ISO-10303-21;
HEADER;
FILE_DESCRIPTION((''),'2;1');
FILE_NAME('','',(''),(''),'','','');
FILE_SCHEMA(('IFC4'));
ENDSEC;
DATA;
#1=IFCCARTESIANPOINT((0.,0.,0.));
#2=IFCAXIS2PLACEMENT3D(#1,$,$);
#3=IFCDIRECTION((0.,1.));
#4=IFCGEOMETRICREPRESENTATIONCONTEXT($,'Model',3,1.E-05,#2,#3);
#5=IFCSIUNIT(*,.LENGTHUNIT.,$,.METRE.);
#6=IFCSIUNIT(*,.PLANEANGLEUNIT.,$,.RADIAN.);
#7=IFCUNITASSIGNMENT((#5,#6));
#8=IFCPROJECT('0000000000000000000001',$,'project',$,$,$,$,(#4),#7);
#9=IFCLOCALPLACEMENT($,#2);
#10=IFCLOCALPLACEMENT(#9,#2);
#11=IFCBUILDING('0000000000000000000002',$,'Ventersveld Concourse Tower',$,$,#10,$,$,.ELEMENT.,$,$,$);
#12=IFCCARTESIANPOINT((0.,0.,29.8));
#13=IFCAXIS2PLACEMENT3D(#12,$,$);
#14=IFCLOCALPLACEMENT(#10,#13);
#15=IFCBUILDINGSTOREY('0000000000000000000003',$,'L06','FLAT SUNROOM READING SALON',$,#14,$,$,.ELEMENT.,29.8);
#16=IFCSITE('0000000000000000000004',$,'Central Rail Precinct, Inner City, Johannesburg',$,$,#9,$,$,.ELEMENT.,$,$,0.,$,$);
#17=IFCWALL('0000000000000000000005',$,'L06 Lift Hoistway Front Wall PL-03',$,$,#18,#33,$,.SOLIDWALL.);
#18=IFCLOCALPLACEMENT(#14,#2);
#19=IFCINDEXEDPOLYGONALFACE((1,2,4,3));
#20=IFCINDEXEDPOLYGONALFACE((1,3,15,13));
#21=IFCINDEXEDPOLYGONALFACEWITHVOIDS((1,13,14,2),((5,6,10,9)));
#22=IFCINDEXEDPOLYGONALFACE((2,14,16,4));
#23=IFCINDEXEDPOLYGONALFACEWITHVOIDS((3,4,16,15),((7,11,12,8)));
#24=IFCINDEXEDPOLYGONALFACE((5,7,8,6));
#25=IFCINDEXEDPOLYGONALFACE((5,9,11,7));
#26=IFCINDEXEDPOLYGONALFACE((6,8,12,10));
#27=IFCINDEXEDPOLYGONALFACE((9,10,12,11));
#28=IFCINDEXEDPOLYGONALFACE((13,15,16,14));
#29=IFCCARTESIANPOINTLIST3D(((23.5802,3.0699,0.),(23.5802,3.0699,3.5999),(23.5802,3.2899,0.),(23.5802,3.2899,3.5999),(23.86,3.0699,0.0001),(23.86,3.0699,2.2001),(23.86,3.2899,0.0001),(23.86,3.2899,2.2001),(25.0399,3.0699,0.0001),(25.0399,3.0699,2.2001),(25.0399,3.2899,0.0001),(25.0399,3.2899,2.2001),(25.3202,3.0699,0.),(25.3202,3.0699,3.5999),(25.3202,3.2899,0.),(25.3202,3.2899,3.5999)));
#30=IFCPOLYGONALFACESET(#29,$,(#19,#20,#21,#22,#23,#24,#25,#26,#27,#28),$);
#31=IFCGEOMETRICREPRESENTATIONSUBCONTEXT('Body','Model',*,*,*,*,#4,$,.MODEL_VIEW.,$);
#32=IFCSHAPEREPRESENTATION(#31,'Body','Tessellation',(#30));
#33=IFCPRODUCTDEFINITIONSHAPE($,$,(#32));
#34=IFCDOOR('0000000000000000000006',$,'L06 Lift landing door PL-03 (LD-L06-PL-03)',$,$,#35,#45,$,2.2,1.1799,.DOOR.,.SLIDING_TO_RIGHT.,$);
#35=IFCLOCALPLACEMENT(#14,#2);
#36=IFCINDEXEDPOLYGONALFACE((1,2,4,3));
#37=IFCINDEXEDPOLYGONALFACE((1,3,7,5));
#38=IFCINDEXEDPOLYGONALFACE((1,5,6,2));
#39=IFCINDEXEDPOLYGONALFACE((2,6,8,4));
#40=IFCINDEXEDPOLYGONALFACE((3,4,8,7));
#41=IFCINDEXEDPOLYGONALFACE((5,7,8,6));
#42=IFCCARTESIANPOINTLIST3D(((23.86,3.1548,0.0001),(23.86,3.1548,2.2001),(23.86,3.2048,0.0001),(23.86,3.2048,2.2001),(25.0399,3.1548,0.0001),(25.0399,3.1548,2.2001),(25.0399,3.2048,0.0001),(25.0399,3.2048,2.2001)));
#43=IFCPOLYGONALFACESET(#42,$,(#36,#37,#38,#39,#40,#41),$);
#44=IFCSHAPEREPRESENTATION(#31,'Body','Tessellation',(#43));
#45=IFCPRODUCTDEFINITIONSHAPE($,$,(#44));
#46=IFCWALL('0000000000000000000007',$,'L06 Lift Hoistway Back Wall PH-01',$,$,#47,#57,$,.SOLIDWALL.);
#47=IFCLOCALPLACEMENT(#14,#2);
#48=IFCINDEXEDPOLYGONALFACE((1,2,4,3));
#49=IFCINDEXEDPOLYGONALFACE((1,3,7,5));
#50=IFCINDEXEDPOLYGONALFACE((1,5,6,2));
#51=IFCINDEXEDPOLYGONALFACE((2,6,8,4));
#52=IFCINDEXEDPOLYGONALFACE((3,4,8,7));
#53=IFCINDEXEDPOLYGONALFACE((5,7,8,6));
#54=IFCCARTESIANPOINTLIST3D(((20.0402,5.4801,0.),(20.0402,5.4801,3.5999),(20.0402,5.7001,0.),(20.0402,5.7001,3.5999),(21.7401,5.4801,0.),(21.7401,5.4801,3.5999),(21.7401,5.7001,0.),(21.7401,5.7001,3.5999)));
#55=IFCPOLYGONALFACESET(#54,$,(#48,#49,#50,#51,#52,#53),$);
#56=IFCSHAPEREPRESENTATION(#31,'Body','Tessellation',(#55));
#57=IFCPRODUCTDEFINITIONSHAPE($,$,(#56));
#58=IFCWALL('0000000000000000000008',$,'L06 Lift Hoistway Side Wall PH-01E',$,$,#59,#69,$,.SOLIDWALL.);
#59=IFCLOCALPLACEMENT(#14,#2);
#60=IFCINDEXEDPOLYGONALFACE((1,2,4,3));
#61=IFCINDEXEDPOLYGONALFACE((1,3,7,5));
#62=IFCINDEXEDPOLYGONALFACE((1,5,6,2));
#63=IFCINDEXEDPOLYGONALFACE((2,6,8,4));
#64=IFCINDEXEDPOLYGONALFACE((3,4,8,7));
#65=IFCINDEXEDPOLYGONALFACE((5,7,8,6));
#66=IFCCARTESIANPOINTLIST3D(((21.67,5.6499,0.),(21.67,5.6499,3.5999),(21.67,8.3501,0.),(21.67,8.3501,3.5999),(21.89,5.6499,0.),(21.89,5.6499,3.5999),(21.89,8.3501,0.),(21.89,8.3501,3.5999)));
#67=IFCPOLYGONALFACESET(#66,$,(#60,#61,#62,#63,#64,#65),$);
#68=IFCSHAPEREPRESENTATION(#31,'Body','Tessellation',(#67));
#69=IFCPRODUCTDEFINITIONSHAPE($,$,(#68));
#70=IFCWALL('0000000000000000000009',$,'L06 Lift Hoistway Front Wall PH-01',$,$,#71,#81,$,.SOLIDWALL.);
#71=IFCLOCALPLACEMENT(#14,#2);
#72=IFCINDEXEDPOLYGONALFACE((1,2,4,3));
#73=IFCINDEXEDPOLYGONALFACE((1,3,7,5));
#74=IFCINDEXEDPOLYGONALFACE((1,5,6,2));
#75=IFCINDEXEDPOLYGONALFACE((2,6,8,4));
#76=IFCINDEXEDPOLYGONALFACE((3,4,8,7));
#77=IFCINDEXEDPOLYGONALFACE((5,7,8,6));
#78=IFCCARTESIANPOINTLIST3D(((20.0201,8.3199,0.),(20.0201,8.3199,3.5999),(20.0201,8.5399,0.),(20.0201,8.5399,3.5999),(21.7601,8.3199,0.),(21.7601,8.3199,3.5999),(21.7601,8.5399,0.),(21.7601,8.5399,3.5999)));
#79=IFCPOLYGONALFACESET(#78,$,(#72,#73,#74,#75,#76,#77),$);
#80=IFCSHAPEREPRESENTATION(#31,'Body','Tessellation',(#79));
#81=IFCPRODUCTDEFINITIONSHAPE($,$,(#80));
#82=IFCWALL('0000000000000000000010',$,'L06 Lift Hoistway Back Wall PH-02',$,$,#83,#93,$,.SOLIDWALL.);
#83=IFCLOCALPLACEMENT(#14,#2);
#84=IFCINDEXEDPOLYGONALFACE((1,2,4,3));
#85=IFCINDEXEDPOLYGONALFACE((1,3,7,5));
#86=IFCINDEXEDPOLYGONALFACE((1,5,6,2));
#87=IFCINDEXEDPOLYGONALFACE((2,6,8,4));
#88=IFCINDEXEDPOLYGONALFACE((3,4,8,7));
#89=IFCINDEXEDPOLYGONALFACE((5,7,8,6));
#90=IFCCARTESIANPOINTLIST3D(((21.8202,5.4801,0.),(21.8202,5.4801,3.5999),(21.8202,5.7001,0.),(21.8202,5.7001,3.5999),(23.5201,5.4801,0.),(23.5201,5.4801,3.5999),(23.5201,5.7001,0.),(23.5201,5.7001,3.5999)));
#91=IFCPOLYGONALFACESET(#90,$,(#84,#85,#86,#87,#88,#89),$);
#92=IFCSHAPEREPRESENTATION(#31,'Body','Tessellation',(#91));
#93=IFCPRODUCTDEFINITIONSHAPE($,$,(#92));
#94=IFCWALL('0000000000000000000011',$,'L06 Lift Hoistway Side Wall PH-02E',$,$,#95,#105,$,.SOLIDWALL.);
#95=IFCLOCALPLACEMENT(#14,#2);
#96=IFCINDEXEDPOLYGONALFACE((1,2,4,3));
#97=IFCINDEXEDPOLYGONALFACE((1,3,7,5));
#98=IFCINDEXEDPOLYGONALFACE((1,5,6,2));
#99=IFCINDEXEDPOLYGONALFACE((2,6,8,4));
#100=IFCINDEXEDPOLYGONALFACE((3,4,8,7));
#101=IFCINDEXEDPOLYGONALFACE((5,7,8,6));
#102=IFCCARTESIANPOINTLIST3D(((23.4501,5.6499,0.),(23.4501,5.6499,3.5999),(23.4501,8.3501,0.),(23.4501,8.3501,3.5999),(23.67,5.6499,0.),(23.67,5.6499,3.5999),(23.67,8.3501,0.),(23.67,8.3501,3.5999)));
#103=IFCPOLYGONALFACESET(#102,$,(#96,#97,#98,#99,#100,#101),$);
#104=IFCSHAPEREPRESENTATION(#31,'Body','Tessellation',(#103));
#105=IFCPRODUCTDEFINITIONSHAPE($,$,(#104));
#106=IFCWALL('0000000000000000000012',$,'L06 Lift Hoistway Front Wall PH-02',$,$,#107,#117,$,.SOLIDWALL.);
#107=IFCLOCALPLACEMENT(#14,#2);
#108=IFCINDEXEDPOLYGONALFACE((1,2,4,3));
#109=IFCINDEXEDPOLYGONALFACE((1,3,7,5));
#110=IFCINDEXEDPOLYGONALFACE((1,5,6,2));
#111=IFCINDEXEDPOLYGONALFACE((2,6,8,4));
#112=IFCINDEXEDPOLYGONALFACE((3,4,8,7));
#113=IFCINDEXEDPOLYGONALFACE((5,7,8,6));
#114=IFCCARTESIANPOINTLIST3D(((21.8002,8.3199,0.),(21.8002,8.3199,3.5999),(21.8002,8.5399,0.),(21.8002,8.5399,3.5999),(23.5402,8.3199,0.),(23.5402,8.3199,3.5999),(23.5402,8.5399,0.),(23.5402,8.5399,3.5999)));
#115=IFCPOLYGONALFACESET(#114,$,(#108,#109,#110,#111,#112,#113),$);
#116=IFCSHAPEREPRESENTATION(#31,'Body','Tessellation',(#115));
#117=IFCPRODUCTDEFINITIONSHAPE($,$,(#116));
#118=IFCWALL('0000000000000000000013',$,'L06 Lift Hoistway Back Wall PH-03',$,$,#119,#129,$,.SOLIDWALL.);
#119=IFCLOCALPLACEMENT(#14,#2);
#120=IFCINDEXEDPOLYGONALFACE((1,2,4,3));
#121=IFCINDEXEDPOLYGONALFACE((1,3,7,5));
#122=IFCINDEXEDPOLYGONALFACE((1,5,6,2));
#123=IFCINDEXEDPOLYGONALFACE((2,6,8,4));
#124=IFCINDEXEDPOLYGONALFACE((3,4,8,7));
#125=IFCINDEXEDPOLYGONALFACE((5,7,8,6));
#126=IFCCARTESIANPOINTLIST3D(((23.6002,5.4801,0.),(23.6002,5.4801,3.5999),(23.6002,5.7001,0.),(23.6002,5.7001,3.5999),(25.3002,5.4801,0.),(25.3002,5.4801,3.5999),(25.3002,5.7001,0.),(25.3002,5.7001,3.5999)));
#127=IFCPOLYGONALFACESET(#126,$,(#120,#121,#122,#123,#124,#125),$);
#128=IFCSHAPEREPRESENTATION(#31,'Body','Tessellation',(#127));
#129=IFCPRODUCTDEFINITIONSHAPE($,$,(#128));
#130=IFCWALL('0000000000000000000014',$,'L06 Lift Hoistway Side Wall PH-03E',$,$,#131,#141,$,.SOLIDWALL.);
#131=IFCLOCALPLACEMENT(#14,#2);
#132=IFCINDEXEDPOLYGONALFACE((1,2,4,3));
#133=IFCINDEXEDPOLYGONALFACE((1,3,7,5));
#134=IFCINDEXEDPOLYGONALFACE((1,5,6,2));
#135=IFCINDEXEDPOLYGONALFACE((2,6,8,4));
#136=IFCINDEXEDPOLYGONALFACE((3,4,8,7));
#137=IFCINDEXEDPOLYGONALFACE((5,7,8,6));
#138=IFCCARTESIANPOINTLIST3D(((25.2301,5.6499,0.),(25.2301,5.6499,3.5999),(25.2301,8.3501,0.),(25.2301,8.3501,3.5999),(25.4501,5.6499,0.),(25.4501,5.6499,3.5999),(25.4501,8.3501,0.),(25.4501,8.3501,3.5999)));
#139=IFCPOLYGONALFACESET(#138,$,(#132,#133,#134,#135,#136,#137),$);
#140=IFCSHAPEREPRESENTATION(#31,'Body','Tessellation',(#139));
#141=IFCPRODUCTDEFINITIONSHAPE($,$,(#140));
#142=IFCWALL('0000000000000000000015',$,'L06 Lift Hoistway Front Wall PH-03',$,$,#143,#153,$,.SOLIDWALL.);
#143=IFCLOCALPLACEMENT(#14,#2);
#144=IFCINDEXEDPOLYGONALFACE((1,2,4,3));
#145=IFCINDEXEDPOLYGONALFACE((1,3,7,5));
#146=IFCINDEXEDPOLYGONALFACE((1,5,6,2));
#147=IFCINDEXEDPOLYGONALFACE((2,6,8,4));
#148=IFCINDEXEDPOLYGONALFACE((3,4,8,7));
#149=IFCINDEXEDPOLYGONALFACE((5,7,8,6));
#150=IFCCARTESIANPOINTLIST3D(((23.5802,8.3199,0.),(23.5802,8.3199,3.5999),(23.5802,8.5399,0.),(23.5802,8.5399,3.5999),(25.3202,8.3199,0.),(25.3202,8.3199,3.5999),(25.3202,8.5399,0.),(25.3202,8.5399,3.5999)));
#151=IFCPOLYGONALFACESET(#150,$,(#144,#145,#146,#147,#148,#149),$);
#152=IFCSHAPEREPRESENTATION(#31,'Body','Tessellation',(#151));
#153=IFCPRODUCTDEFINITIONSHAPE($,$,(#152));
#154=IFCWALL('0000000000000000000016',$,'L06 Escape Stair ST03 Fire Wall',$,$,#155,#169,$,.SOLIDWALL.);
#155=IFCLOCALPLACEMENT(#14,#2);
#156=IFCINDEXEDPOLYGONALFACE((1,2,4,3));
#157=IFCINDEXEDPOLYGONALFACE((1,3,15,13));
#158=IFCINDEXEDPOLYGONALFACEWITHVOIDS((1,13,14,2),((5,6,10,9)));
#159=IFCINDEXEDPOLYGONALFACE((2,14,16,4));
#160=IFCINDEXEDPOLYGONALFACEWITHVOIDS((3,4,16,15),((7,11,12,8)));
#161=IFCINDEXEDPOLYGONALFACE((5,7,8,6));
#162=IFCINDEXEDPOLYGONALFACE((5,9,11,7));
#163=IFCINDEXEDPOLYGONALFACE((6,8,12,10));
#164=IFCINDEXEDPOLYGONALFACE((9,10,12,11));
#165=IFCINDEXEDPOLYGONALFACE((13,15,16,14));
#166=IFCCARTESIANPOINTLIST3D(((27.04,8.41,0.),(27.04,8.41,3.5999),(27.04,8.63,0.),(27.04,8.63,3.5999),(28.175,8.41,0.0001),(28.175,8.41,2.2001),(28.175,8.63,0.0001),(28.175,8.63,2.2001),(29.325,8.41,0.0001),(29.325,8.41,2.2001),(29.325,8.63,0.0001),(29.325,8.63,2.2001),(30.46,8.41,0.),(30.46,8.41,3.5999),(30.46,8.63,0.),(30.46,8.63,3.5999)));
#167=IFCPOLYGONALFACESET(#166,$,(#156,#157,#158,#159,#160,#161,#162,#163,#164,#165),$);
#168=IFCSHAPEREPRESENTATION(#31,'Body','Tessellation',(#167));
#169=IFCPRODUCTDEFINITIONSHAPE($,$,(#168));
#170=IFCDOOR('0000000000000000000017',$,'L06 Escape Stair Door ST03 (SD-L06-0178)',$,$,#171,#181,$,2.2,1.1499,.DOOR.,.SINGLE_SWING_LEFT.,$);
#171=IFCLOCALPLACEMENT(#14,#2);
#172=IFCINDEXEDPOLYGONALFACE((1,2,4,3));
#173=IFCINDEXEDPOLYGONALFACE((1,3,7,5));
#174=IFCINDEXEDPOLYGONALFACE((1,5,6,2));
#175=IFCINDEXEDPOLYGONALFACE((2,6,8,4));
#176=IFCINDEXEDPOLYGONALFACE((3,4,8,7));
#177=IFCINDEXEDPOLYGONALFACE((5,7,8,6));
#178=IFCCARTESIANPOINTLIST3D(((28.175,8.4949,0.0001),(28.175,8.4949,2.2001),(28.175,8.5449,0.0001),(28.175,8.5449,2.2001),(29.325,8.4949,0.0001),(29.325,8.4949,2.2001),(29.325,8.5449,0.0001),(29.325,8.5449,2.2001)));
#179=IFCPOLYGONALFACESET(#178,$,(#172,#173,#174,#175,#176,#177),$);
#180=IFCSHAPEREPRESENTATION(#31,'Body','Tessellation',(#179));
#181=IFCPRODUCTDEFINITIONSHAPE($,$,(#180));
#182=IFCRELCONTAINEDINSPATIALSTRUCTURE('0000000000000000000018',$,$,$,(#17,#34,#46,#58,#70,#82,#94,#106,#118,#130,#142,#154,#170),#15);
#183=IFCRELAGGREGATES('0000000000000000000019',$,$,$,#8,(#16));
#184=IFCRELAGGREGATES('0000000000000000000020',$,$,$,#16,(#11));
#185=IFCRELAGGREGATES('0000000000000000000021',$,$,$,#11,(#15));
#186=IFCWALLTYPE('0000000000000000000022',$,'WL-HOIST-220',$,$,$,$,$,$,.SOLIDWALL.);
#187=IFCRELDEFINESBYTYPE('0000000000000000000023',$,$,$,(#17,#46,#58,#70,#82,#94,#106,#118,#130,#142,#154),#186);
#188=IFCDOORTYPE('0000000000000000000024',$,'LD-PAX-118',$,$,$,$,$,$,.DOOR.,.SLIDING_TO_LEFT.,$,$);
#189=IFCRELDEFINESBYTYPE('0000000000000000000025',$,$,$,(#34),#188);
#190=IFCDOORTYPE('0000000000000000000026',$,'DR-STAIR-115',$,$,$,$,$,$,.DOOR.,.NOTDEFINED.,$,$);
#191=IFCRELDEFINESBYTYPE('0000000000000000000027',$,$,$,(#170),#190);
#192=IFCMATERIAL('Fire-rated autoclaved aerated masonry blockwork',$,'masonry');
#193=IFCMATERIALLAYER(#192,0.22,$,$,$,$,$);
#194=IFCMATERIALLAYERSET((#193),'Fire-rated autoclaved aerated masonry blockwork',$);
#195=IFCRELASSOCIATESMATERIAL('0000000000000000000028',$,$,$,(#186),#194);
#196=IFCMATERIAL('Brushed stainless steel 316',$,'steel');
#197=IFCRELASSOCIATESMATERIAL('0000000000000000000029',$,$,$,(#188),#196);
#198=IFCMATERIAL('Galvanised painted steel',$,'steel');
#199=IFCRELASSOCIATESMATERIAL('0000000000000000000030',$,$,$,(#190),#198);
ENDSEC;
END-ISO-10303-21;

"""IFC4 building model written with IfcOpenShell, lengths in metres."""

from ifc_helpers import new_model, si_unit, direction, frame, frame_2d, origin, place, context, subcontext, project, spatial, rectangle, extrude, material, layer, layer_set, type_object, element, fill, save


model = new_model("IFC4")

# Units and contexts
model_context = context("Model", 3, precision=1e-05, world=origin(), true_north=direction((0.0, 1.0)))
body_context = subcontext(model_context, "Body", "Model", "MODEL_VIEW")
ifc_project = project(units=[si_unit("LENGTHUNIT", "METRE"), si_unit("PLANEANGLEUNIT", "RADIAN")], contexts=[model_context])

# Site, building, storey
site_placement = place(None, origin())
site = spatial("IfcSite", under=ifc_project, at=site_placement, Name="Central Rail Precinct, Inner City, Johannesburg", CompositionType="ELEMENT", RefElevation=0.0)
building_placement = place(site_placement, origin())
building = spatial("IfcBuilding", under=site, at=building_placement, Name="Ventersveld Concourse Tower", CompositionType="ELEMENT")
storey_placement = place(building_placement, frame((0.0, 0.0, 29.8)))
storey = spatial("IfcBuildingStorey", under=building, at=storey_placement, Name="L06", Description="FLAT SUNROOM READING SALON", CompositionType="ELEMENT", Elevation=29.8)

# Shared definitions
ifc_material_1 = material(Name="Fire-rated autoclaved aerated masonry blockwork", Category="masonry")
ifc_layer_1 = layer(ifc_material_1, 0.22)
ifc_layer_set_1 = layer_set([ifc_layer_1], Name="Fire-rated autoclaved aerated masonry blockwork")
wall_type_1 = type_object("IfcWallType", Name="WL-HOIST-220", PredefinedType="SOLIDWALL", material=ifc_layer_set_1)

# Shared definitions
ifc_material_2 = material(Name="Brushed stainless steel 316", Category="steel")
door_type_1 = type_object("IfcDoorType", Name="LD-PAX-118", OperationType="SLIDING_TO_LEFT", PredefinedType="DOOR", material=ifc_material_2)

# Wall, opening, door
wall_1_placement = place(storey_placement, frame((23.5801, 3.1799, 0.0), z_axis=(0.0, 0.0, 1.0), x_axis=(1.0, 0.0, 0.0)))
wall_1 = element("IfcWall", 1, at=wall_1_placement, inside=storey, type_object=wall_type_1, Name="L06 Lift Hoistway Front Wall PL-03", PredefinedType="SOLIDWALL", context=body_context, shape_type="SweptSolid", body=[
    extrude(rectangle(XDim=1.74, YDim=0.22, at=frame_2d((0.8701, 0.0))), origin(), (0.0, 0.0, 1.0), 3.5999),
])
opening_1_placement = place(wall_1_placement, frame((0.28, 0.0, 0.0)))
opening_1 = element("IfcOpeningElement", 2, at=opening_1_placement, cuts=wall_1, PredefinedType="OPENING", context=body_context, shape_type="SweptSolid", body=[
    extrude(rectangle(XDim=1.1799, YDim=2.2, at=frame_2d((0.5898, 1.1001))), frame((0.0, 0.1201, 0.0), z_axis=(0.0, -1.0, 0.0), x_axis=(1.0, 0.0, 0.0)), (0.0, 0.0, 1.0), 0.24),
])
door_1_placement = place(opening_1_placement, origin())
door_1 = element("IfcDoor", 3, at=door_1_placement, inside=storey, type_object=door_type_1, Name="L06 Lift landing door PL-03 (LD-L06-PL-03)", OperationType="SLIDING_TO_RIGHT", OverallHeight=2.2, OverallWidth=1.1799, PredefinedType="DOOR", context=body_context, shape_type="SweptSolid", body=[
    extrude(rectangle(XDim=1.1799, YDim=2.2, at=frame_2d((0.5898, 1.1001))), frame((0.0, 0.0249, 0.0), z_axis=(0.0, -1.0, 0.0), x_axis=(1.0, 0.0, 0.0)), (0.0, 0.0, 1.0), 0.05),
])
fill(opening_1, door_1)

# Walls
wall_2_placement = place(storey_placement, frame((20.04, 5.5901, 0.0), z_axis=(0.0, 0.0, 1.0), x_axis=(1.0, 0.0, 0.0)))
element("IfcWall", 4, at=wall_2_placement, inside=storey, type_object=wall_type_1, Name="L06 Lift Hoistway Back Wall PH-01", PredefinedType="SOLIDWALL", context=body_context, shape_type="SweptSolid", body=[
    extrude(rectangle(XDim=1.7, YDim=0.22, at=frame_2d((0.8501, 0.0))), origin(), (0.0, 0.0, 1.0), 3.5999),
])
wall_3_placement = place(storey_placement, frame((21.78, 5.6499, 0.0), z_axis=(0.0, 0.0, 1.0), x_axis=(0.0, 1.0, 0.0)))
element("IfcWall", 5, at=wall_3_placement, inside=storey, type_object=wall_type_1, Name="L06 Lift Hoistway Side Wall PH-01E", PredefinedType="SOLIDWALL", context=body_context, shape_type="SweptSolid", body=[
    extrude(rectangle(XDim=2.7002, YDim=0.22, at=frame_2d((1.3501, 0.0))), origin(), (0.0, 0.0, 1.0), 3.5999),
])
wall_4_placement = place(storey_placement, frame((20.02, 8.4299, 0.0), z_axis=(0.0, 0.0, 1.0), x_axis=(1.0, 0.0, 0.0)))
element("IfcWall", 6, at=wall_4_placement, inside=storey, type_object=wall_type_1, Name="L06 Lift Hoistway Front Wall PH-01", PredefinedType="SOLIDWALL", context=body_context, shape_type="SweptSolid", body=[
    extrude(rectangle(XDim=1.74, YDim=0.22, at=frame_2d((0.8701, 0.0))), origin(), (0.0, 0.0, 1.0), 3.5999),
])
wall_5_placement = place(storey_placement, frame((21.8201, 5.5901, 0.0), z_axis=(0.0, 0.0, 1.0), x_axis=(1.0, 0.0, 0.0)))
element("IfcWall", 7, at=wall_5_placement, inside=storey, type_object=wall_type_1, Name="L06 Lift Hoistway Back Wall PH-02", PredefinedType="SOLIDWALL", context=body_context, shape_type="SweptSolid", body=[
    extrude(rectangle(XDim=1.7, YDim=0.22, at=frame_2d((0.8501, 0.0))), origin(), (0.0, 0.0, 1.0), 3.5999),
])
wall_6_placement = place(storey_placement, frame((23.5601, 5.6499, 0.0), z_axis=(0.0, 0.0, 1.0), x_axis=(0.0, 1.0, 0.0)))
element("IfcWall", 8, at=wall_6_placement, inside=storey, type_object=wall_type_1, Name="L06 Lift Hoistway Side Wall PH-02E", PredefinedType="SOLIDWALL", context=body_context, shape_type="SweptSolid", body=[
    extrude(rectangle(XDim=2.7002, YDim=0.22, at=frame_2d((1.3501, 0.0))), origin(), (0.0, 0.0, 1.0), 3.5999),
])
wall_7_placement = place(storey_placement, frame((21.8, 8.4299, 0.0), z_axis=(0.0, 0.0, 1.0), x_axis=(1.0, 0.0, 0.0)))
element("IfcWall", 9, at=wall_7_placement, inside=storey, type_object=wall_type_1, Name="L06 Lift Hoistway Front Wall PH-02", PredefinedType="SOLIDWALL", context=body_context, shape_type="SweptSolid", body=[
    extrude(rectangle(XDim=1.74, YDim=0.22, at=frame_2d((0.8701, 0.0))), origin(), (0.0, 0.0, 1.0), 3.5999),
])
wall_8_placement = place(storey_placement, frame((23.6001, 5.5901, 0.0), z_axis=(0.0, 0.0, 1.0), x_axis=(1.0, 0.0, 0.0)))
element("IfcWall", 10, at=wall_8_placement, inside=storey, type_object=wall_type_1, Name="L06 Lift Hoistway Back Wall PH-03", PredefinedType="SOLIDWALL", context=body_context, shape_type="SweptSolid", body=[
    extrude(rectangle(XDim=1.7, YDim=0.22, at=frame_2d((0.8501, 0.0))), origin(), (0.0, 0.0, 1.0), 3.5999),
])
wall_9_placement = place(storey_placement, frame((25.3401, 5.6499, 0.0), z_axis=(0.0, 0.0, 1.0), x_axis=(0.0, 1.0, 0.0)))
element("IfcWall", 11, at=wall_9_placement, inside=storey, type_object=wall_type_1, Name="L06 Lift Hoistway Side Wall PH-03E", PredefinedType="SOLIDWALL", context=body_context, shape_type="SweptSolid", body=[
    extrude(rectangle(XDim=2.7002, YDim=0.22, at=frame_2d((1.3501, 0.0))), origin(), (0.0, 0.0, 1.0), 3.5999),
])
wall_10_placement = place(storey_placement, frame((23.5801, 8.4299, 0.0), z_axis=(0.0, 0.0, 1.0), x_axis=(1.0, 0.0, 0.0)))
element("IfcWall", 12, at=wall_10_placement, inside=storey, type_object=wall_type_1, Name="L06 Lift Hoistway Front Wall PH-03", PredefinedType="SOLIDWALL", context=body_context, shape_type="SweptSolid", body=[
    extrude(rectangle(XDim=1.74, YDim=0.22, at=frame_2d((0.8701, 0.0))), origin(), (0.0, 0.0, 1.0), 3.5999),
])

# Wall, opening, door
wall_11_placement = place(storey_placement, frame((27.04, 8.52, 0.0), z_axis=(0.0, 0.0, 1.0), x_axis=(1.0, 0.0, 0.0)))
wall_11 = element("IfcWall", 13, at=wall_11_placement, inside=storey, type_object=wall_type_1, Name="L06 Escape Stair ST03 Fire Wall", PredefinedType="SOLIDWALL", context=body_context, shape_type="SweptSolid", body=[
    extrude(rectangle(XDim=3.4199, YDim=0.22, at=frame_2d((1.71, 0.0))), origin(), (0.0, 0.0, 1.0), 3.5999),
])
opening_2_placement = place(wall_11_placement, frame((1.135, 0.0, 0.0)))
opening_2 = element("IfcOpeningElement", 14, at=opening_2_placement, cuts=wall_11, PredefinedType="OPENING", context=body_context, shape_type="SweptSolid", body=[
    extrude(rectangle(XDim=1.1499, YDim=2.2, at=frame_2d((0.575, 1.1001))), frame((0.0, 0.1201, 0.0), z_axis=(0.0, -1.0, 0.0), x_axis=(1.0, 0.0, 0.0)), (0.0, 0.0, 1.0), 0.24),
])
ifc_material_3 = material(Name="Galvanised painted steel", Category="steel")
door_type_2 = type_object("IfcDoorType", Name="DR-STAIR-115", OperationType="NOTDEFINED", PredefinedType="DOOR", material=ifc_material_3)
door_2_placement = place(opening_2_placement, origin())
door_2 = element("IfcDoor", 15, at=door_2_placement, inside=storey, type_object=door_type_2, Name="L06 Escape Stair Door ST03 (SD-L06-0178)", OperationType="SINGLE_SWING_LEFT", OverallHeight=2.2, OverallWidth=1.1499, PredefinedType="DOOR", context=body_context, shape_type="SweptSolid", body=[
    extrude(rectangle(XDim=1.1499, YDim=2.2, at=frame_2d((0.575, 1.1001))), frame((0.0, 0.0249, 0.0), z_axis=(0.0, -1.0, 0.0), x_axis=(1.0, 0.0, 0.0)), (0.0, 0.0, 1.0), 0.05),
])
fill(opening_2, door_2)

save(model, "model.ifc")
